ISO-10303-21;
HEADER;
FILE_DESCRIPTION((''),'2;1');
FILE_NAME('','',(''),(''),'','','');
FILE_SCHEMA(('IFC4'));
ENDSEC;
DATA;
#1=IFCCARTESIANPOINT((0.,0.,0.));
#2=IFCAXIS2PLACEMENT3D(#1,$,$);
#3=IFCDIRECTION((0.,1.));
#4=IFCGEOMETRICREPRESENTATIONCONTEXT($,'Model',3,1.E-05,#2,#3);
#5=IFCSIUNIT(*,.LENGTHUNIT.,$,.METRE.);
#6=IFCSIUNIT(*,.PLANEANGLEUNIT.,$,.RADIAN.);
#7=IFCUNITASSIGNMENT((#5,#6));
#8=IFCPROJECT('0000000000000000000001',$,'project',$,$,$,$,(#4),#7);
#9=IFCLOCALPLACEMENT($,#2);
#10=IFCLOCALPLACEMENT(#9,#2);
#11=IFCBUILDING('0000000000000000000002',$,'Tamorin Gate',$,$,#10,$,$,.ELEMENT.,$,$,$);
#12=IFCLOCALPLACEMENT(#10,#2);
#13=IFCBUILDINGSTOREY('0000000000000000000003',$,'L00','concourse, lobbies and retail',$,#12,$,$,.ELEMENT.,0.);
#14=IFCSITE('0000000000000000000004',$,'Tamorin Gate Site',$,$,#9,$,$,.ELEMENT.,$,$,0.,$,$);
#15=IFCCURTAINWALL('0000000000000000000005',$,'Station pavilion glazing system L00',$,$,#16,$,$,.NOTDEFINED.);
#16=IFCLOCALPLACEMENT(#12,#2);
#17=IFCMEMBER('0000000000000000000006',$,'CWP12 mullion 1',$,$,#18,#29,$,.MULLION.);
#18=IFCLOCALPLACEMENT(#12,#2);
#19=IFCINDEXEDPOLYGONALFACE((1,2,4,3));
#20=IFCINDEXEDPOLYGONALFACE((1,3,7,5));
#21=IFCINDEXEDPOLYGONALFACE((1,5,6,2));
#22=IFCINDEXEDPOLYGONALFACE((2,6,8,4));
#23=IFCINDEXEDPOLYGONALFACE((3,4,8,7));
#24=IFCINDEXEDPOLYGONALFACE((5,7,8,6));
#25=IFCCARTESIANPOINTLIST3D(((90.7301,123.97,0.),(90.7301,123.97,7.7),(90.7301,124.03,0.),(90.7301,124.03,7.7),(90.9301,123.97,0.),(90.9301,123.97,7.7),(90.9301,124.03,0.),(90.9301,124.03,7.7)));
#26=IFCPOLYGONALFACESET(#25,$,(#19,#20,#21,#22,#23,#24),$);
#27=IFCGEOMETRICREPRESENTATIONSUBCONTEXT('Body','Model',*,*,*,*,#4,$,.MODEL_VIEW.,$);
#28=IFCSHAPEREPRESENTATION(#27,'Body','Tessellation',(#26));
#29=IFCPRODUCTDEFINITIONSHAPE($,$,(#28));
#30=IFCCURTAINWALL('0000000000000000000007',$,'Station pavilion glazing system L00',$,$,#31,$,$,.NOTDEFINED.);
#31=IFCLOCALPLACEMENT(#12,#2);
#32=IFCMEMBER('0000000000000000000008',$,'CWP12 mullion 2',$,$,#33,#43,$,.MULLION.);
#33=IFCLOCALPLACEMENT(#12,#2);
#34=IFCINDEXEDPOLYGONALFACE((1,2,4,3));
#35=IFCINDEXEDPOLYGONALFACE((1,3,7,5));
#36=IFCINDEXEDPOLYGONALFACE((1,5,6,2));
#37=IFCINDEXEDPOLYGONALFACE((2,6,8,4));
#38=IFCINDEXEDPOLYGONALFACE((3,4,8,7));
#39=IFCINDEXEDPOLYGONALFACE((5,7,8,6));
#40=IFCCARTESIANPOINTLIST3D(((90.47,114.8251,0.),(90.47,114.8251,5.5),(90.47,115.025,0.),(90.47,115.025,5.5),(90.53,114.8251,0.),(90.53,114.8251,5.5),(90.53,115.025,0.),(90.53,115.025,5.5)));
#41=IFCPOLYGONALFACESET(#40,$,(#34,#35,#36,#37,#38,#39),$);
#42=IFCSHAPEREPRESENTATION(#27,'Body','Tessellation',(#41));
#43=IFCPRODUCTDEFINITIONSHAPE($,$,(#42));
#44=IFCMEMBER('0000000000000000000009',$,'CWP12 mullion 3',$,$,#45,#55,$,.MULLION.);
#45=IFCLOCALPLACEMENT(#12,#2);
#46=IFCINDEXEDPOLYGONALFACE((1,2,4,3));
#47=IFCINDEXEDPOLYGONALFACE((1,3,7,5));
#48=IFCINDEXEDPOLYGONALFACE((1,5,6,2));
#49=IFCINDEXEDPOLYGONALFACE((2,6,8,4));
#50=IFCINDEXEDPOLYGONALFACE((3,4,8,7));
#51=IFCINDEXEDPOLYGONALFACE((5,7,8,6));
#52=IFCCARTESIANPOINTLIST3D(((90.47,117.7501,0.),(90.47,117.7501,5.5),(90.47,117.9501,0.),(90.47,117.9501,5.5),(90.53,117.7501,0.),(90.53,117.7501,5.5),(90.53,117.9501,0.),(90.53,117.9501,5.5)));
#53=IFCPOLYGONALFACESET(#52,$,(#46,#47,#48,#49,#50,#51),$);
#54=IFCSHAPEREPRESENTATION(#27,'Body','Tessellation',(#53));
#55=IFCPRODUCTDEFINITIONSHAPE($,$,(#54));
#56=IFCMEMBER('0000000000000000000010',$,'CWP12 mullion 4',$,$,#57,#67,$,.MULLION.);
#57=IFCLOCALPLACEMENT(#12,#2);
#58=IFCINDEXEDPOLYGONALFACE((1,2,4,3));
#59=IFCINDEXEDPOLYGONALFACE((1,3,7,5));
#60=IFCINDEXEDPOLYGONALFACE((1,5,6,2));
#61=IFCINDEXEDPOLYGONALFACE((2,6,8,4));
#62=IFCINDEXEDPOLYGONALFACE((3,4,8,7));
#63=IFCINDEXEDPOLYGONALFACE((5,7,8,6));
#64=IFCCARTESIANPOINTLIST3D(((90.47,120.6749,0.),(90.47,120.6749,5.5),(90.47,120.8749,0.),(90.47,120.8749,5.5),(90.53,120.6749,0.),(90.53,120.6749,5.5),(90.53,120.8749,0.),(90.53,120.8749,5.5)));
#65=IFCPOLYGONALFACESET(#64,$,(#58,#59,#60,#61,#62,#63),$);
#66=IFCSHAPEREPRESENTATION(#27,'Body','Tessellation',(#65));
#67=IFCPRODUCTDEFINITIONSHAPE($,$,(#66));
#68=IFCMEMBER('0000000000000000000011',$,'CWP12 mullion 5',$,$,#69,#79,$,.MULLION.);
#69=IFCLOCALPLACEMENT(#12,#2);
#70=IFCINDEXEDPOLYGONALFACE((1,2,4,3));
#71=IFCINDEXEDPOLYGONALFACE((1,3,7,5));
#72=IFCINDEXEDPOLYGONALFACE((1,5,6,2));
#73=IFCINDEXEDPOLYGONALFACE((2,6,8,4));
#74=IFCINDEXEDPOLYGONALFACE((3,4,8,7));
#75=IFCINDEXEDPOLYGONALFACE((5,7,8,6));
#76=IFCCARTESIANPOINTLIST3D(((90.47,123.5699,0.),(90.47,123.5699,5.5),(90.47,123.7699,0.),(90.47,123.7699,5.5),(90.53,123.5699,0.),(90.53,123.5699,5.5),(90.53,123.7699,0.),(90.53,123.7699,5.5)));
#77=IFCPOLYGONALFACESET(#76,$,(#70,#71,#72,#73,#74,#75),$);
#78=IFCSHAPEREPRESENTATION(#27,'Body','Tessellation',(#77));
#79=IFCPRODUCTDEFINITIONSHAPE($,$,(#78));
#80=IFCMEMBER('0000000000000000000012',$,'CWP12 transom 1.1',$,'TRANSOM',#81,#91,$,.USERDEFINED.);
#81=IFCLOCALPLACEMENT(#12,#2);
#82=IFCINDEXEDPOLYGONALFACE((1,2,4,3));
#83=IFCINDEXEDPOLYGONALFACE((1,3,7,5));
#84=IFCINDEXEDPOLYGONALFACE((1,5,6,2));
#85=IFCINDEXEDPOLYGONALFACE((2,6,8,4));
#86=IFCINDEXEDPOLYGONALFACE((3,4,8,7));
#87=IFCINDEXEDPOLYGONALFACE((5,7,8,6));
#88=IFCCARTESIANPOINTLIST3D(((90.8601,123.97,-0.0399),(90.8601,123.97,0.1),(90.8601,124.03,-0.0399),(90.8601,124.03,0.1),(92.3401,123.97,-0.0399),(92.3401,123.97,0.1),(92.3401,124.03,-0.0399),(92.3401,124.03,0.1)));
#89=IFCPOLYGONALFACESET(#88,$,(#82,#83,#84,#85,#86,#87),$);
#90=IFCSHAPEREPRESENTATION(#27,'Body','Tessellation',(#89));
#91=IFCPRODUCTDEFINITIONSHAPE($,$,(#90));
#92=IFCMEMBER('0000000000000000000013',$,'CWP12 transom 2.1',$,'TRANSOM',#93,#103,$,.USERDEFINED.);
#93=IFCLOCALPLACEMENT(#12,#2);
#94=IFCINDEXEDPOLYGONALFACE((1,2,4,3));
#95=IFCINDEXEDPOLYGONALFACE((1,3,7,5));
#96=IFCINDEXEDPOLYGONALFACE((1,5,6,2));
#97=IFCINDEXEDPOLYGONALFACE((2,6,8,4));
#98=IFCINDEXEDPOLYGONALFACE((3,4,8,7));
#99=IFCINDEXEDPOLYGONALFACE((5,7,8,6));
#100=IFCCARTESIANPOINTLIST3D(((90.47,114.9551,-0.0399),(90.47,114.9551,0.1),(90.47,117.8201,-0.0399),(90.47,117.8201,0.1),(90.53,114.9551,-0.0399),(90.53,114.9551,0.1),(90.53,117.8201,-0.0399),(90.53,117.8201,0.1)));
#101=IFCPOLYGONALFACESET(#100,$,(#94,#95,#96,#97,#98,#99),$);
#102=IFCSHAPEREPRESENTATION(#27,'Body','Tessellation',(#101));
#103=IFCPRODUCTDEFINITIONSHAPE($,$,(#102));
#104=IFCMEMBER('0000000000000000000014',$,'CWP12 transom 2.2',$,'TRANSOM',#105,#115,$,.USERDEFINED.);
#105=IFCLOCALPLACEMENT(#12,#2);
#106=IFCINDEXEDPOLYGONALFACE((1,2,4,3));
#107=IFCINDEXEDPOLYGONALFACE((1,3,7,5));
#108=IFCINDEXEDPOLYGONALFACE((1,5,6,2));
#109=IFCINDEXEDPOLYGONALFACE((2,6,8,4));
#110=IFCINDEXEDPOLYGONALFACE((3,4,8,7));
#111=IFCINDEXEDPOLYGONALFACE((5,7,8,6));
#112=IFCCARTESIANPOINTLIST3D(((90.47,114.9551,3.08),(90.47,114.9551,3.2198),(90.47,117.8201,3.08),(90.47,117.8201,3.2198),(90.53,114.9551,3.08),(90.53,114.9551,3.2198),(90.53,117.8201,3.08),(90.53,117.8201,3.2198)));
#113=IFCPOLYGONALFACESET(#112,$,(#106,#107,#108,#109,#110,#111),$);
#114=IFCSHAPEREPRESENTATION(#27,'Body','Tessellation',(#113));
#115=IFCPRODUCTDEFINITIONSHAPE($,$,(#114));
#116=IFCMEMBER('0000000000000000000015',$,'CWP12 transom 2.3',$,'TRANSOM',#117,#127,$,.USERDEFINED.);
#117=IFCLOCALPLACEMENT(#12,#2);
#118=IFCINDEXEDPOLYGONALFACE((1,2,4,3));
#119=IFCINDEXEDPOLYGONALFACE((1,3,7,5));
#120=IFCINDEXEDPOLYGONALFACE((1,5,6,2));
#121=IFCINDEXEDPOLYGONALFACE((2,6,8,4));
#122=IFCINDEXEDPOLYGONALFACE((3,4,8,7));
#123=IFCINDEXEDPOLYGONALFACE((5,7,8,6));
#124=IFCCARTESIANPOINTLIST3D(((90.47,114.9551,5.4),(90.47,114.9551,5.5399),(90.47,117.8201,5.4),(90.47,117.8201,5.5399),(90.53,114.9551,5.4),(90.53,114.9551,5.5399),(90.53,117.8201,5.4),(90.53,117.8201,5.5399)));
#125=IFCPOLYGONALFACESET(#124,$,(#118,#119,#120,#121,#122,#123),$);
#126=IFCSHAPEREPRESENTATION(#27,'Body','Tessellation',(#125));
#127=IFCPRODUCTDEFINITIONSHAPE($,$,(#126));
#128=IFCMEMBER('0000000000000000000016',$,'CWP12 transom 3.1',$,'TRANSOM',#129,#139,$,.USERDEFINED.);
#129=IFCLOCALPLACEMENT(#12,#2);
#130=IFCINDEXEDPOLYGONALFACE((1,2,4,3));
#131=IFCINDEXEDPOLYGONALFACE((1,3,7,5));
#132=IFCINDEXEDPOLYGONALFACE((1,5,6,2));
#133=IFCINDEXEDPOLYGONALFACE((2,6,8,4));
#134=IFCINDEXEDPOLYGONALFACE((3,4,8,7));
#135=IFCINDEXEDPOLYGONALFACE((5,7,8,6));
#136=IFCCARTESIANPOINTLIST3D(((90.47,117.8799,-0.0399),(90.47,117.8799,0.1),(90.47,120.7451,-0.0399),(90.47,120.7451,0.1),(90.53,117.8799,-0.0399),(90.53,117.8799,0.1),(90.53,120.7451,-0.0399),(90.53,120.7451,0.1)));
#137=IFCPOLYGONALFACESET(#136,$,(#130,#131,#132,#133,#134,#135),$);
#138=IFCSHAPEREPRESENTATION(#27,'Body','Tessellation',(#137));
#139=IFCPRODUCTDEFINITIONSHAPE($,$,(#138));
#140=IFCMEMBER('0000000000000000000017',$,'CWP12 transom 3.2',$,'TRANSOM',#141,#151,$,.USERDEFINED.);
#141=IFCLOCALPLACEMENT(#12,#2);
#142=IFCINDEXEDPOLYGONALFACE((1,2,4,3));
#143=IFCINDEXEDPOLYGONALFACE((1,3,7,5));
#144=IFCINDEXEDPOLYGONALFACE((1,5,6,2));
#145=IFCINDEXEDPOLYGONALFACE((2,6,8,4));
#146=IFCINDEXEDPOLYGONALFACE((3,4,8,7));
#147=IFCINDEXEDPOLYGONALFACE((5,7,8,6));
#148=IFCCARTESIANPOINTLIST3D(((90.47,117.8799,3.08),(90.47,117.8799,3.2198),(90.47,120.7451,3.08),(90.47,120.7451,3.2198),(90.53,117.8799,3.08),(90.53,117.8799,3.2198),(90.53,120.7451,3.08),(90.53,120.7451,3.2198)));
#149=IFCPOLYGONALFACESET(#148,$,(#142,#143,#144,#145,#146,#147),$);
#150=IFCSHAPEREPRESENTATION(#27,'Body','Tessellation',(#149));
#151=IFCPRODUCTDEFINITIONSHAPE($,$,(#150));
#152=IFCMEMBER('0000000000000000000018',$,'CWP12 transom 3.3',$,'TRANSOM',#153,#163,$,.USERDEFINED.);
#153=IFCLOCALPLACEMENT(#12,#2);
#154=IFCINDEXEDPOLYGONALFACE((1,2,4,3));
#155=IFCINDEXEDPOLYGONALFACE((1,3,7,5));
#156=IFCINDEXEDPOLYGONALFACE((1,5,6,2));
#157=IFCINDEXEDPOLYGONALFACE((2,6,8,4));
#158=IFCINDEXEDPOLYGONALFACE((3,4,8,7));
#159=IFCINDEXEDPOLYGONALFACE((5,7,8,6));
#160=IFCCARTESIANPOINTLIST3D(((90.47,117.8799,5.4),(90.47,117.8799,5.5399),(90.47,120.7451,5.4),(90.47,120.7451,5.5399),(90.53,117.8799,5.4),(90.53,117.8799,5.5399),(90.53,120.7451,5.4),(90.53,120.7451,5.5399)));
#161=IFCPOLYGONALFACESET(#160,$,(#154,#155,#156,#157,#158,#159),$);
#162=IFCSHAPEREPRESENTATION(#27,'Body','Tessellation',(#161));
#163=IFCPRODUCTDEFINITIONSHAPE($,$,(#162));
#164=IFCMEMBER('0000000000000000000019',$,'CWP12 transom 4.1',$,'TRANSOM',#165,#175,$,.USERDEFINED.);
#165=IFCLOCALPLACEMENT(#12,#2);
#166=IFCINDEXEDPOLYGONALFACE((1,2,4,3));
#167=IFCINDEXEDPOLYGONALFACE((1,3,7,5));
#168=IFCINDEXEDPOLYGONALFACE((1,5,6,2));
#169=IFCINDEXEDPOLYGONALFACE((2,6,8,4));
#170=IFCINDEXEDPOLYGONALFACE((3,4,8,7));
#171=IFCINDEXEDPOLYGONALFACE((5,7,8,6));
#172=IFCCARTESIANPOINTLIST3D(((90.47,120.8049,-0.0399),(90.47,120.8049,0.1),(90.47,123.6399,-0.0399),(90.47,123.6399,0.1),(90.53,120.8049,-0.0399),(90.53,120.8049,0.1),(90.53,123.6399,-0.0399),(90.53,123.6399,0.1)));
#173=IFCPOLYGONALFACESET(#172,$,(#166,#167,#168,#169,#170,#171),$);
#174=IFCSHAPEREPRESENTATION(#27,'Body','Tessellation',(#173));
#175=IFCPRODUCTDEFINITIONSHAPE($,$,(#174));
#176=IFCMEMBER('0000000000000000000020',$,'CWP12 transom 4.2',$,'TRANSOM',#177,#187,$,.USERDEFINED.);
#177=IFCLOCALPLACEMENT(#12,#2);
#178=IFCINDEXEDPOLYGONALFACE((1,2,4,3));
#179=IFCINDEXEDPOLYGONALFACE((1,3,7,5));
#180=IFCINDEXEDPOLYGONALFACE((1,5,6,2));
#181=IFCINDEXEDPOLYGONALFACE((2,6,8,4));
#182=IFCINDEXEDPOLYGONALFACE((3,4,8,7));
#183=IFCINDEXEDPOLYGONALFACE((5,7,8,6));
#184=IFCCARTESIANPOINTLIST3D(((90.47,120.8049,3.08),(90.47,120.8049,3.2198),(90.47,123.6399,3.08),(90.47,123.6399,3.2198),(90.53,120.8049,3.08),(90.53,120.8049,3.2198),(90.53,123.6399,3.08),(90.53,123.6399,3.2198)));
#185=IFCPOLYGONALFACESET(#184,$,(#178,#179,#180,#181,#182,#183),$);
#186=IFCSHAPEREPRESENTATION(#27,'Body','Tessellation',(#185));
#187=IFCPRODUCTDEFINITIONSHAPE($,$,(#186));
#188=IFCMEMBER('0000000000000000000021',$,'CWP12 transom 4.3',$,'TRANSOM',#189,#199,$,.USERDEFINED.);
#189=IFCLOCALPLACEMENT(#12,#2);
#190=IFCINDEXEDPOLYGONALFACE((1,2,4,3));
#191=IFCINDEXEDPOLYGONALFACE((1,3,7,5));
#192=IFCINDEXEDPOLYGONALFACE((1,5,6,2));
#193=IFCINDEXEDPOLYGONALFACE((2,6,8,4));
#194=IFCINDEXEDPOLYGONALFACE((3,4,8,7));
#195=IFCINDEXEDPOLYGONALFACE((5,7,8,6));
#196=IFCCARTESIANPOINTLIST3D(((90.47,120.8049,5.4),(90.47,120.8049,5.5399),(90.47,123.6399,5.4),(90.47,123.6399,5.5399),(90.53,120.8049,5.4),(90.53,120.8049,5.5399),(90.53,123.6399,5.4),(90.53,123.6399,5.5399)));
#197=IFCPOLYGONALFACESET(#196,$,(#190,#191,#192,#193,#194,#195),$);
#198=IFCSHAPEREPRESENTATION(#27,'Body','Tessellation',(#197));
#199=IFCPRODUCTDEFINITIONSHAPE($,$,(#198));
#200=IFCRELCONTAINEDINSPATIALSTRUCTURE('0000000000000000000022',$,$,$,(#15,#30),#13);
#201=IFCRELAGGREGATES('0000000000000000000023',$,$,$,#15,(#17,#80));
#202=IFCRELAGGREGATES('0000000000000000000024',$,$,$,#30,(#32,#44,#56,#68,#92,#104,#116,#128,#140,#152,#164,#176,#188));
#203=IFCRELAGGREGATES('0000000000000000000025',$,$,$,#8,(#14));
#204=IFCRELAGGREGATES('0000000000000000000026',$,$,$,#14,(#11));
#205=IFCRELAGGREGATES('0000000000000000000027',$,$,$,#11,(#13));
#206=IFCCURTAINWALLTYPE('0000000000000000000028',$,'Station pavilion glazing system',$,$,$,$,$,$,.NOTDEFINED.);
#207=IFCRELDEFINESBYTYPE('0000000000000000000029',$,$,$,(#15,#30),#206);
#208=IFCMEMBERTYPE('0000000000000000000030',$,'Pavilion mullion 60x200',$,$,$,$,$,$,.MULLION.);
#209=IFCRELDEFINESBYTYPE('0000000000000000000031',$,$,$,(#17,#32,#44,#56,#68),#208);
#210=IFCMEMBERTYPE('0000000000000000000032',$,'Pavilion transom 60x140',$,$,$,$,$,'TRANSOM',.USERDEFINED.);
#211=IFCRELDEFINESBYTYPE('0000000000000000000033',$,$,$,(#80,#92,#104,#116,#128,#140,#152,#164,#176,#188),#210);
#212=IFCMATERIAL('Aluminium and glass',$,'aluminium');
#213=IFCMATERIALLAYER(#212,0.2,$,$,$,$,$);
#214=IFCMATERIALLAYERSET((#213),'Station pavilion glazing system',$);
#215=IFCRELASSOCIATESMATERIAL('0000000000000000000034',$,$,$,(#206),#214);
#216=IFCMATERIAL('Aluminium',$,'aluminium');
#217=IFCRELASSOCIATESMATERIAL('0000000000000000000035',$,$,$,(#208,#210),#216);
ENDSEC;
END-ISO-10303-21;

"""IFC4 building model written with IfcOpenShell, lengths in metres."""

from ifc_helpers import new_model, si_unit, direction, frame, origin, origin_2d, place, context, subcontext, project, spatial, rectangle, extrude, material, layer, layer_set, material_profile, profile_set, type_object, element, aggregate, save


model = new_model("IFC4")

# Units and contexts
model_context = context("Model", 3, precision=1e-05, world=origin(), true_north=direction((0.0, 1.0)))
body_context = subcontext(model_context, "Body", "Model", "MODEL_VIEW")
ifc_project = project(units=[si_unit("LENGTHUNIT", "METRE"), si_unit("PLANEANGLEUNIT", "RADIAN")], contexts=[model_context])

# Site, building, storey
site_placement = place(None, origin())
site = spatial("IfcSite", under=ifc_project, at=site_placement, Name="Tamorin Gate Site", CompositionType="ELEMENT", RefElevation=0.0)
building_placement = place(site_placement, origin())
building = spatial("IfcBuilding", under=site, at=building_placement, Name="Tamorin Gate", CompositionType="ELEMENT")
storey_placement = place(building_placement, origin())
storey = spatial("IfcBuildingStorey", under=building, at=storey_placement, Name="L00", Description="concourse, lobbies and retail", CompositionType="ELEMENT", Elevation=0.0)

# Curtain wall, member
ifc_material_1 = material(Name="Aluminium and glass", Category="aluminium")
ifc_layer_1 = layer(ifc_material_1, 0.2)
ifc_layer_set_1 = layer_set([ifc_layer_1], Name="Station pavilion glazing system")
curtain_wall_type = type_object("IfcCurtainWallType", Name="Station pavilion glazing system", PredefinedType="NOTDEFINED", material=ifc_layer_set_1)
curtain_wall_1_placement = place(storey_placement, origin())
curtain_wall_1 = element("IfcCurtainWall", 1, at=curtain_wall_1_placement, inside=storey, type_object=curtain_wall_type, Name="Station pavilion glazing system L00", PredefinedType="NOTDEFINED")
ifc_material_2 = material(Name="Aluminium", Category="aluminium")
ifc_material_profile_1 = material_profile(ifc_material_2, rectangle(XDim=0.0601, YDim=0.2, at=origin_2d()), Name="RECT 60x200")
ifc_profile_set_1 = profile_set([ifc_material_profile_1], Name="Aluminium")
member_type_1 = type_object("IfcMemberType", Name="Pavilion mullion 60x200", PredefinedType="MULLION", material=ifc_profile_set_1)
member_1_placement = place(storey_placement, frame((90.8301, 124.0, 0.0), z_axis=(0.0, 0.0, 1.0), x_axis=(0.0, 1.0, 0.0)))
member_1 = element("IfcMember", 2, at=member_1_placement, type_object=member_type_1, Name="CWP12 mullion 1", PredefinedType="MULLION", context=body_context, shape_type="SweptSolid", body=[
    extrude(rectangle(XDim=0.0601, YDim=0.2, at=origin_2d()), origin(), (0.0, 0.0, 1.0), 7.7),
])

# Curtain wall, members
curtain_wall_2_placement = place(storey_placement, origin())
curtain_wall_2 = element("IfcCurtainWall", 3, at=curtain_wall_2_placement, inside=storey, type_object=curtain_wall_type, Name="Station pavilion glazing system L00", PredefinedType="NOTDEFINED")
member_2_placement = place(storey_placement, frame((90.5, 114.925, 0.0), z_axis=(0.0, 0.0, 1.0), x_axis=(-1.0, 0.0, 0.0)))
member_2 = element("IfcMember", 4, at=member_2_placement, type_object=member_type_1, Name="CWP12 mullion 2", PredefinedType="MULLION", context=body_context, shape_type="SweptSolid", body=[
    extrude(rectangle(XDim=0.0601, YDim=0.2, at=origin_2d()), origin(), (0.0, 0.0, 1.0), 5.5),
])
member_3_placement = place(storey_placement, frame((90.5, 117.8501, 0.0), z_axis=(0.0, 0.0, 1.0), x_axis=(-1.0, 0.0, 0.0)))
member_3 = element("IfcMember", 5, at=member_3_placement, type_object=member_type_1, Name="CWP12 mullion 3", PredefinedType="MULLION", context=body_context, shape_type="SweptSolid", body=[
    extrude(rectangle(XDim=0.0601, YDim=0.2, at=origin_2d()), origin(), (0.0, 0.0, 1.0), 5.5),
])
member_4_placement = place(storey_placement, frame((90.5, 120.7749, 0.0), z_axis=(0.0, 0.0, 1.0), x_axis=(-1.0, 0.0, 0.0)))
member_4 = element("IfcMember", 6, at=member_4_placement, type_object=member_type_1, Name="CWP12 mullion 4", PredefinedType="MULLION", context=body_context, shape_type="SweptSolid", body=[
    extrude(rectangle(XDim=0.0601, YDim=0.2, at=origin_2d()), origin(), (0.0, 0.0, 1.0), 5.5),
])
member_5_placement = place(storey_placement, frame((90.5, 123.6699, 0.0), z_axis=(0.0, 0.0, 1.0), x_axis=(-1.0, 0.0, 0.0)))
member_5 = element("IfcMember", 7, at=member_5_placement, type_object=member_type_1, Name="CWP12 mullion 5", PredefinedType="MULLION", context=body_context, shape_type="SweptSolid", body=[
    extrude(rectangle(XDim=0.0601, YDim=0.2, at=origin_2d()), origin(), (0.0, 0.0, 1.0), 5.5),
])

# Members
ifc_material_profile_2 = material_profile(ifc_material_2, rectangle(XDim=0.0601, YDim=0.1399, at=origin_2d()), Name="RECT 60x140")
ifc_profile_set_2 = profile_set([ifc_material_profile_2], Name="Aluminium")
member_type_2 = type_object("IfcMemberType", Name="Pavilion transom 60x140", ElementType="TRANSOM", PredefinedType="USERDEFINED", material=ifc_profile_set_2)
member_6_placement = place(storey_placement, frame((90.8601, 124.0, 0.03), z_axis=(1.0, 0.0, 0.0), x_axis=(0.0, 1.0, 0.0)))
member_6 = element("IfcMember", 8, at=member_6_placement, type_object=member_type_2, Name="CWP12 transom 1.1", ObjectType="TRANSOM", PredefinedType="USERDEFINED", context=body_context, shape_type="SweptSolid", body=[
    extrude(rectangle(XDim=0.0601, YDim=0.1399, at=origin_2d()), origin(), (0.0, 0.0, 1.0), 1.48),
])
aggregate(curtain_wall_1, [member_1, member_6])
member_7_placement = place(storey_placement, frame((90.5, 114.9551, 0.03), z_axis=(0.0, 1.0, 0.0), x_axis=(-1.0, 0.0, 0.0)))
member_7 = element("IfcMember", 9, at=member_7_placement, type_object=member_type_2, Name="CWP12 transom 2.1", ObjectType="TRANSOM", PredefinedType="USERDEFINED", context=body_context, shape_type="SweptSolid", body=[
    extrude(rectangle(XDim=0.0601, YDim=0.1399, at=origin_2d()), origin(), (0.0, 0.0, 1.0), 2.865),
])
member_8_placement = place(storey_placement, frame((90.5, 114.9551, 3.1499), z_axis=(0.0, 1.0, 0.0), x_axis=(-1.0, 0.0, 0.0)))
member_8 = element("IfcMember", 10, at=member_8_placement, type_object=member_type_2, Name="CWP12 transom 2.2", ObjectType="TRANSOM", PredefinedType="USERDEFINED", context=body_context, shape_type="SweptSolid", body=[
    extrude(rectangle(XDim=0.0601, YDim=0.1399, at=origin_2d()), origin(), (0.0, 0.0, 1.0), 2.865),
])
member_9_placement = place(storey_placement, frame((90.5, 114.9551, 5.47), z_axis=(0.0, 1.0, 0.0), x_axis=(-1.0, 0.0, 0.0)))
member_9 = element("IfcMember", 11, at=member_9_placement, type_object=member_type_2, Name="CWP12 transom 2.3", ObjectType="TRANSOM", PredefinedType="USERDEFINED", context=body_context, shape_type="SweptSolid", body=[
    extrude(rectangle(XDim=0.0601, YDim=0.1399, at=origin_2d()), origin(), (0.0, 0.0, 1.0), 2.865),
])
member_10_placement = place(storey_placement, frame((90.5, 117.8799, 0.03), z_axis=(0.0, 1.0, 0.0), x_axis=(-1.0, 0.0, 0.0)))
member_10 = element("IfcMember", 12, at=member_10_placement, type_object=member_type_2, Name="CWP12 transom 3.1", ObjectType="TRANSOM", PredefinedType="USERDEFINED", context=body_context, shape_type="SweptSolid", body=[
    extrude(rectangle(XDim=0.0601, YDim=0.1399, at=origin_2d()), origin(), (0.0, 0.0, 1.0), 2.8652),
])
member_11_placement = place(storey_placement, frame((90.5, 117.8799, 3.1499), z_axis=(0.0, 1.0, 0.0), x_axis=(-1.0, 0.0, 0.0)))
member_11 = element("IfcMember", 13, at=member_11_placement, type_object=member_type_2, Name="CWP12 transom 3.2", ObjectType="TRANSOM", PredefinedType="USERDEFINED", context=body_context, shape_type="SweptSolid", body=[
    extrude(rectangle(XDim=0.0601, YDim=0.1399, at=origin_2d()), origin(), (0.0, 0.0, 1.0), 2.8652),
])
member_12_placement = place(storey_placement, frame((90.5, 117.8799, 5.47), z_axis=(0.0, 1.0, 0.0), x_axis=(-1.0, 0.0, 0.0)))
member_12 = element("IfcMember", 14, at=member_12_placement, type_object=member_type_2, Name="CWP12 transom 3.3", ObjectType="TRANSOM", PredefinedType="USERDEFINED", context=body_context, shape_type="SweptSolid", body=[
    extrude(rectangle(XDim=0.0601, YDim=0.1399, at=origin_2d()), origin(), (0.0, 0.0, 1.0), 2.8652),
])
member_13_placement = place(storey_placement, frame((90.5, 120.8049, 0.03), z_axis=(0.0, 1.0, 0.0), x_axis=(-1.0, 0.0, 0.0)))
member_13 = element("IfcMember", 15, at=member_13_placement, type_object=member_type_2, Name="CWP12 transom 4.1", ObjectType="TRANSOM", PredefinedType="USERDEFINED", context=body_context, shape_type="SweptSolid", body=[
    extrude(rectangle(XDim=0.0601, YDim=0.1399, at=origin_2d()), origin(), (0.0, 0.0, 1.0), 2.835),
])
member_14_placement = place(storey_placement, frame((90.5, 120.8049, 3.1499), z_axis=(0.0, 1.0, 0.0), x_axis=(-1.0, 0.0, 0.0)))
member_14 = element("IfcMember", 16, at=member_14_placement, type_object=member_type_2, Name="CWP12 transom 4.2", ObjectType="TRANSOM", PredefinedType="USERDEFINED", context=body_context, shape_type="SweptSolid", body=[
    extrude(rectangle(XDim=0.0601, YDim=0.1399, at=origin_2d()), origin(), (0.0, 0.0, 1.0), 2.835),
])
member_15_placement = place(storey_placement, frame((90.5, 120.8049, 5.47), z_axis=(0.0, 1.0, 0.0), x_axis=(-1.0, 0.0, 0.0)))
member_15 = element("IfcMember", 17, at=member_15_placement, type_object=member_type_2, Name="CWP12 transom 4.3", ObjectType="TRANSOM", PredefinedType="USERDEFINED", context=body_context, shape_type="SweptSolid", body=[
    extrude(rectangle(XDim=0.0601, YDim=0.1399, at=origin_2d()), origin(), (0.0, 0.0, 1.0), 2.835),
])

aggregate(curtain_wall_2, [member_2, member_3, member_4, member_5, member_7, member_8, member_9, member_10, member_11, member_12, member_13, member_14, member_15])

save(model, "model.ifc")
